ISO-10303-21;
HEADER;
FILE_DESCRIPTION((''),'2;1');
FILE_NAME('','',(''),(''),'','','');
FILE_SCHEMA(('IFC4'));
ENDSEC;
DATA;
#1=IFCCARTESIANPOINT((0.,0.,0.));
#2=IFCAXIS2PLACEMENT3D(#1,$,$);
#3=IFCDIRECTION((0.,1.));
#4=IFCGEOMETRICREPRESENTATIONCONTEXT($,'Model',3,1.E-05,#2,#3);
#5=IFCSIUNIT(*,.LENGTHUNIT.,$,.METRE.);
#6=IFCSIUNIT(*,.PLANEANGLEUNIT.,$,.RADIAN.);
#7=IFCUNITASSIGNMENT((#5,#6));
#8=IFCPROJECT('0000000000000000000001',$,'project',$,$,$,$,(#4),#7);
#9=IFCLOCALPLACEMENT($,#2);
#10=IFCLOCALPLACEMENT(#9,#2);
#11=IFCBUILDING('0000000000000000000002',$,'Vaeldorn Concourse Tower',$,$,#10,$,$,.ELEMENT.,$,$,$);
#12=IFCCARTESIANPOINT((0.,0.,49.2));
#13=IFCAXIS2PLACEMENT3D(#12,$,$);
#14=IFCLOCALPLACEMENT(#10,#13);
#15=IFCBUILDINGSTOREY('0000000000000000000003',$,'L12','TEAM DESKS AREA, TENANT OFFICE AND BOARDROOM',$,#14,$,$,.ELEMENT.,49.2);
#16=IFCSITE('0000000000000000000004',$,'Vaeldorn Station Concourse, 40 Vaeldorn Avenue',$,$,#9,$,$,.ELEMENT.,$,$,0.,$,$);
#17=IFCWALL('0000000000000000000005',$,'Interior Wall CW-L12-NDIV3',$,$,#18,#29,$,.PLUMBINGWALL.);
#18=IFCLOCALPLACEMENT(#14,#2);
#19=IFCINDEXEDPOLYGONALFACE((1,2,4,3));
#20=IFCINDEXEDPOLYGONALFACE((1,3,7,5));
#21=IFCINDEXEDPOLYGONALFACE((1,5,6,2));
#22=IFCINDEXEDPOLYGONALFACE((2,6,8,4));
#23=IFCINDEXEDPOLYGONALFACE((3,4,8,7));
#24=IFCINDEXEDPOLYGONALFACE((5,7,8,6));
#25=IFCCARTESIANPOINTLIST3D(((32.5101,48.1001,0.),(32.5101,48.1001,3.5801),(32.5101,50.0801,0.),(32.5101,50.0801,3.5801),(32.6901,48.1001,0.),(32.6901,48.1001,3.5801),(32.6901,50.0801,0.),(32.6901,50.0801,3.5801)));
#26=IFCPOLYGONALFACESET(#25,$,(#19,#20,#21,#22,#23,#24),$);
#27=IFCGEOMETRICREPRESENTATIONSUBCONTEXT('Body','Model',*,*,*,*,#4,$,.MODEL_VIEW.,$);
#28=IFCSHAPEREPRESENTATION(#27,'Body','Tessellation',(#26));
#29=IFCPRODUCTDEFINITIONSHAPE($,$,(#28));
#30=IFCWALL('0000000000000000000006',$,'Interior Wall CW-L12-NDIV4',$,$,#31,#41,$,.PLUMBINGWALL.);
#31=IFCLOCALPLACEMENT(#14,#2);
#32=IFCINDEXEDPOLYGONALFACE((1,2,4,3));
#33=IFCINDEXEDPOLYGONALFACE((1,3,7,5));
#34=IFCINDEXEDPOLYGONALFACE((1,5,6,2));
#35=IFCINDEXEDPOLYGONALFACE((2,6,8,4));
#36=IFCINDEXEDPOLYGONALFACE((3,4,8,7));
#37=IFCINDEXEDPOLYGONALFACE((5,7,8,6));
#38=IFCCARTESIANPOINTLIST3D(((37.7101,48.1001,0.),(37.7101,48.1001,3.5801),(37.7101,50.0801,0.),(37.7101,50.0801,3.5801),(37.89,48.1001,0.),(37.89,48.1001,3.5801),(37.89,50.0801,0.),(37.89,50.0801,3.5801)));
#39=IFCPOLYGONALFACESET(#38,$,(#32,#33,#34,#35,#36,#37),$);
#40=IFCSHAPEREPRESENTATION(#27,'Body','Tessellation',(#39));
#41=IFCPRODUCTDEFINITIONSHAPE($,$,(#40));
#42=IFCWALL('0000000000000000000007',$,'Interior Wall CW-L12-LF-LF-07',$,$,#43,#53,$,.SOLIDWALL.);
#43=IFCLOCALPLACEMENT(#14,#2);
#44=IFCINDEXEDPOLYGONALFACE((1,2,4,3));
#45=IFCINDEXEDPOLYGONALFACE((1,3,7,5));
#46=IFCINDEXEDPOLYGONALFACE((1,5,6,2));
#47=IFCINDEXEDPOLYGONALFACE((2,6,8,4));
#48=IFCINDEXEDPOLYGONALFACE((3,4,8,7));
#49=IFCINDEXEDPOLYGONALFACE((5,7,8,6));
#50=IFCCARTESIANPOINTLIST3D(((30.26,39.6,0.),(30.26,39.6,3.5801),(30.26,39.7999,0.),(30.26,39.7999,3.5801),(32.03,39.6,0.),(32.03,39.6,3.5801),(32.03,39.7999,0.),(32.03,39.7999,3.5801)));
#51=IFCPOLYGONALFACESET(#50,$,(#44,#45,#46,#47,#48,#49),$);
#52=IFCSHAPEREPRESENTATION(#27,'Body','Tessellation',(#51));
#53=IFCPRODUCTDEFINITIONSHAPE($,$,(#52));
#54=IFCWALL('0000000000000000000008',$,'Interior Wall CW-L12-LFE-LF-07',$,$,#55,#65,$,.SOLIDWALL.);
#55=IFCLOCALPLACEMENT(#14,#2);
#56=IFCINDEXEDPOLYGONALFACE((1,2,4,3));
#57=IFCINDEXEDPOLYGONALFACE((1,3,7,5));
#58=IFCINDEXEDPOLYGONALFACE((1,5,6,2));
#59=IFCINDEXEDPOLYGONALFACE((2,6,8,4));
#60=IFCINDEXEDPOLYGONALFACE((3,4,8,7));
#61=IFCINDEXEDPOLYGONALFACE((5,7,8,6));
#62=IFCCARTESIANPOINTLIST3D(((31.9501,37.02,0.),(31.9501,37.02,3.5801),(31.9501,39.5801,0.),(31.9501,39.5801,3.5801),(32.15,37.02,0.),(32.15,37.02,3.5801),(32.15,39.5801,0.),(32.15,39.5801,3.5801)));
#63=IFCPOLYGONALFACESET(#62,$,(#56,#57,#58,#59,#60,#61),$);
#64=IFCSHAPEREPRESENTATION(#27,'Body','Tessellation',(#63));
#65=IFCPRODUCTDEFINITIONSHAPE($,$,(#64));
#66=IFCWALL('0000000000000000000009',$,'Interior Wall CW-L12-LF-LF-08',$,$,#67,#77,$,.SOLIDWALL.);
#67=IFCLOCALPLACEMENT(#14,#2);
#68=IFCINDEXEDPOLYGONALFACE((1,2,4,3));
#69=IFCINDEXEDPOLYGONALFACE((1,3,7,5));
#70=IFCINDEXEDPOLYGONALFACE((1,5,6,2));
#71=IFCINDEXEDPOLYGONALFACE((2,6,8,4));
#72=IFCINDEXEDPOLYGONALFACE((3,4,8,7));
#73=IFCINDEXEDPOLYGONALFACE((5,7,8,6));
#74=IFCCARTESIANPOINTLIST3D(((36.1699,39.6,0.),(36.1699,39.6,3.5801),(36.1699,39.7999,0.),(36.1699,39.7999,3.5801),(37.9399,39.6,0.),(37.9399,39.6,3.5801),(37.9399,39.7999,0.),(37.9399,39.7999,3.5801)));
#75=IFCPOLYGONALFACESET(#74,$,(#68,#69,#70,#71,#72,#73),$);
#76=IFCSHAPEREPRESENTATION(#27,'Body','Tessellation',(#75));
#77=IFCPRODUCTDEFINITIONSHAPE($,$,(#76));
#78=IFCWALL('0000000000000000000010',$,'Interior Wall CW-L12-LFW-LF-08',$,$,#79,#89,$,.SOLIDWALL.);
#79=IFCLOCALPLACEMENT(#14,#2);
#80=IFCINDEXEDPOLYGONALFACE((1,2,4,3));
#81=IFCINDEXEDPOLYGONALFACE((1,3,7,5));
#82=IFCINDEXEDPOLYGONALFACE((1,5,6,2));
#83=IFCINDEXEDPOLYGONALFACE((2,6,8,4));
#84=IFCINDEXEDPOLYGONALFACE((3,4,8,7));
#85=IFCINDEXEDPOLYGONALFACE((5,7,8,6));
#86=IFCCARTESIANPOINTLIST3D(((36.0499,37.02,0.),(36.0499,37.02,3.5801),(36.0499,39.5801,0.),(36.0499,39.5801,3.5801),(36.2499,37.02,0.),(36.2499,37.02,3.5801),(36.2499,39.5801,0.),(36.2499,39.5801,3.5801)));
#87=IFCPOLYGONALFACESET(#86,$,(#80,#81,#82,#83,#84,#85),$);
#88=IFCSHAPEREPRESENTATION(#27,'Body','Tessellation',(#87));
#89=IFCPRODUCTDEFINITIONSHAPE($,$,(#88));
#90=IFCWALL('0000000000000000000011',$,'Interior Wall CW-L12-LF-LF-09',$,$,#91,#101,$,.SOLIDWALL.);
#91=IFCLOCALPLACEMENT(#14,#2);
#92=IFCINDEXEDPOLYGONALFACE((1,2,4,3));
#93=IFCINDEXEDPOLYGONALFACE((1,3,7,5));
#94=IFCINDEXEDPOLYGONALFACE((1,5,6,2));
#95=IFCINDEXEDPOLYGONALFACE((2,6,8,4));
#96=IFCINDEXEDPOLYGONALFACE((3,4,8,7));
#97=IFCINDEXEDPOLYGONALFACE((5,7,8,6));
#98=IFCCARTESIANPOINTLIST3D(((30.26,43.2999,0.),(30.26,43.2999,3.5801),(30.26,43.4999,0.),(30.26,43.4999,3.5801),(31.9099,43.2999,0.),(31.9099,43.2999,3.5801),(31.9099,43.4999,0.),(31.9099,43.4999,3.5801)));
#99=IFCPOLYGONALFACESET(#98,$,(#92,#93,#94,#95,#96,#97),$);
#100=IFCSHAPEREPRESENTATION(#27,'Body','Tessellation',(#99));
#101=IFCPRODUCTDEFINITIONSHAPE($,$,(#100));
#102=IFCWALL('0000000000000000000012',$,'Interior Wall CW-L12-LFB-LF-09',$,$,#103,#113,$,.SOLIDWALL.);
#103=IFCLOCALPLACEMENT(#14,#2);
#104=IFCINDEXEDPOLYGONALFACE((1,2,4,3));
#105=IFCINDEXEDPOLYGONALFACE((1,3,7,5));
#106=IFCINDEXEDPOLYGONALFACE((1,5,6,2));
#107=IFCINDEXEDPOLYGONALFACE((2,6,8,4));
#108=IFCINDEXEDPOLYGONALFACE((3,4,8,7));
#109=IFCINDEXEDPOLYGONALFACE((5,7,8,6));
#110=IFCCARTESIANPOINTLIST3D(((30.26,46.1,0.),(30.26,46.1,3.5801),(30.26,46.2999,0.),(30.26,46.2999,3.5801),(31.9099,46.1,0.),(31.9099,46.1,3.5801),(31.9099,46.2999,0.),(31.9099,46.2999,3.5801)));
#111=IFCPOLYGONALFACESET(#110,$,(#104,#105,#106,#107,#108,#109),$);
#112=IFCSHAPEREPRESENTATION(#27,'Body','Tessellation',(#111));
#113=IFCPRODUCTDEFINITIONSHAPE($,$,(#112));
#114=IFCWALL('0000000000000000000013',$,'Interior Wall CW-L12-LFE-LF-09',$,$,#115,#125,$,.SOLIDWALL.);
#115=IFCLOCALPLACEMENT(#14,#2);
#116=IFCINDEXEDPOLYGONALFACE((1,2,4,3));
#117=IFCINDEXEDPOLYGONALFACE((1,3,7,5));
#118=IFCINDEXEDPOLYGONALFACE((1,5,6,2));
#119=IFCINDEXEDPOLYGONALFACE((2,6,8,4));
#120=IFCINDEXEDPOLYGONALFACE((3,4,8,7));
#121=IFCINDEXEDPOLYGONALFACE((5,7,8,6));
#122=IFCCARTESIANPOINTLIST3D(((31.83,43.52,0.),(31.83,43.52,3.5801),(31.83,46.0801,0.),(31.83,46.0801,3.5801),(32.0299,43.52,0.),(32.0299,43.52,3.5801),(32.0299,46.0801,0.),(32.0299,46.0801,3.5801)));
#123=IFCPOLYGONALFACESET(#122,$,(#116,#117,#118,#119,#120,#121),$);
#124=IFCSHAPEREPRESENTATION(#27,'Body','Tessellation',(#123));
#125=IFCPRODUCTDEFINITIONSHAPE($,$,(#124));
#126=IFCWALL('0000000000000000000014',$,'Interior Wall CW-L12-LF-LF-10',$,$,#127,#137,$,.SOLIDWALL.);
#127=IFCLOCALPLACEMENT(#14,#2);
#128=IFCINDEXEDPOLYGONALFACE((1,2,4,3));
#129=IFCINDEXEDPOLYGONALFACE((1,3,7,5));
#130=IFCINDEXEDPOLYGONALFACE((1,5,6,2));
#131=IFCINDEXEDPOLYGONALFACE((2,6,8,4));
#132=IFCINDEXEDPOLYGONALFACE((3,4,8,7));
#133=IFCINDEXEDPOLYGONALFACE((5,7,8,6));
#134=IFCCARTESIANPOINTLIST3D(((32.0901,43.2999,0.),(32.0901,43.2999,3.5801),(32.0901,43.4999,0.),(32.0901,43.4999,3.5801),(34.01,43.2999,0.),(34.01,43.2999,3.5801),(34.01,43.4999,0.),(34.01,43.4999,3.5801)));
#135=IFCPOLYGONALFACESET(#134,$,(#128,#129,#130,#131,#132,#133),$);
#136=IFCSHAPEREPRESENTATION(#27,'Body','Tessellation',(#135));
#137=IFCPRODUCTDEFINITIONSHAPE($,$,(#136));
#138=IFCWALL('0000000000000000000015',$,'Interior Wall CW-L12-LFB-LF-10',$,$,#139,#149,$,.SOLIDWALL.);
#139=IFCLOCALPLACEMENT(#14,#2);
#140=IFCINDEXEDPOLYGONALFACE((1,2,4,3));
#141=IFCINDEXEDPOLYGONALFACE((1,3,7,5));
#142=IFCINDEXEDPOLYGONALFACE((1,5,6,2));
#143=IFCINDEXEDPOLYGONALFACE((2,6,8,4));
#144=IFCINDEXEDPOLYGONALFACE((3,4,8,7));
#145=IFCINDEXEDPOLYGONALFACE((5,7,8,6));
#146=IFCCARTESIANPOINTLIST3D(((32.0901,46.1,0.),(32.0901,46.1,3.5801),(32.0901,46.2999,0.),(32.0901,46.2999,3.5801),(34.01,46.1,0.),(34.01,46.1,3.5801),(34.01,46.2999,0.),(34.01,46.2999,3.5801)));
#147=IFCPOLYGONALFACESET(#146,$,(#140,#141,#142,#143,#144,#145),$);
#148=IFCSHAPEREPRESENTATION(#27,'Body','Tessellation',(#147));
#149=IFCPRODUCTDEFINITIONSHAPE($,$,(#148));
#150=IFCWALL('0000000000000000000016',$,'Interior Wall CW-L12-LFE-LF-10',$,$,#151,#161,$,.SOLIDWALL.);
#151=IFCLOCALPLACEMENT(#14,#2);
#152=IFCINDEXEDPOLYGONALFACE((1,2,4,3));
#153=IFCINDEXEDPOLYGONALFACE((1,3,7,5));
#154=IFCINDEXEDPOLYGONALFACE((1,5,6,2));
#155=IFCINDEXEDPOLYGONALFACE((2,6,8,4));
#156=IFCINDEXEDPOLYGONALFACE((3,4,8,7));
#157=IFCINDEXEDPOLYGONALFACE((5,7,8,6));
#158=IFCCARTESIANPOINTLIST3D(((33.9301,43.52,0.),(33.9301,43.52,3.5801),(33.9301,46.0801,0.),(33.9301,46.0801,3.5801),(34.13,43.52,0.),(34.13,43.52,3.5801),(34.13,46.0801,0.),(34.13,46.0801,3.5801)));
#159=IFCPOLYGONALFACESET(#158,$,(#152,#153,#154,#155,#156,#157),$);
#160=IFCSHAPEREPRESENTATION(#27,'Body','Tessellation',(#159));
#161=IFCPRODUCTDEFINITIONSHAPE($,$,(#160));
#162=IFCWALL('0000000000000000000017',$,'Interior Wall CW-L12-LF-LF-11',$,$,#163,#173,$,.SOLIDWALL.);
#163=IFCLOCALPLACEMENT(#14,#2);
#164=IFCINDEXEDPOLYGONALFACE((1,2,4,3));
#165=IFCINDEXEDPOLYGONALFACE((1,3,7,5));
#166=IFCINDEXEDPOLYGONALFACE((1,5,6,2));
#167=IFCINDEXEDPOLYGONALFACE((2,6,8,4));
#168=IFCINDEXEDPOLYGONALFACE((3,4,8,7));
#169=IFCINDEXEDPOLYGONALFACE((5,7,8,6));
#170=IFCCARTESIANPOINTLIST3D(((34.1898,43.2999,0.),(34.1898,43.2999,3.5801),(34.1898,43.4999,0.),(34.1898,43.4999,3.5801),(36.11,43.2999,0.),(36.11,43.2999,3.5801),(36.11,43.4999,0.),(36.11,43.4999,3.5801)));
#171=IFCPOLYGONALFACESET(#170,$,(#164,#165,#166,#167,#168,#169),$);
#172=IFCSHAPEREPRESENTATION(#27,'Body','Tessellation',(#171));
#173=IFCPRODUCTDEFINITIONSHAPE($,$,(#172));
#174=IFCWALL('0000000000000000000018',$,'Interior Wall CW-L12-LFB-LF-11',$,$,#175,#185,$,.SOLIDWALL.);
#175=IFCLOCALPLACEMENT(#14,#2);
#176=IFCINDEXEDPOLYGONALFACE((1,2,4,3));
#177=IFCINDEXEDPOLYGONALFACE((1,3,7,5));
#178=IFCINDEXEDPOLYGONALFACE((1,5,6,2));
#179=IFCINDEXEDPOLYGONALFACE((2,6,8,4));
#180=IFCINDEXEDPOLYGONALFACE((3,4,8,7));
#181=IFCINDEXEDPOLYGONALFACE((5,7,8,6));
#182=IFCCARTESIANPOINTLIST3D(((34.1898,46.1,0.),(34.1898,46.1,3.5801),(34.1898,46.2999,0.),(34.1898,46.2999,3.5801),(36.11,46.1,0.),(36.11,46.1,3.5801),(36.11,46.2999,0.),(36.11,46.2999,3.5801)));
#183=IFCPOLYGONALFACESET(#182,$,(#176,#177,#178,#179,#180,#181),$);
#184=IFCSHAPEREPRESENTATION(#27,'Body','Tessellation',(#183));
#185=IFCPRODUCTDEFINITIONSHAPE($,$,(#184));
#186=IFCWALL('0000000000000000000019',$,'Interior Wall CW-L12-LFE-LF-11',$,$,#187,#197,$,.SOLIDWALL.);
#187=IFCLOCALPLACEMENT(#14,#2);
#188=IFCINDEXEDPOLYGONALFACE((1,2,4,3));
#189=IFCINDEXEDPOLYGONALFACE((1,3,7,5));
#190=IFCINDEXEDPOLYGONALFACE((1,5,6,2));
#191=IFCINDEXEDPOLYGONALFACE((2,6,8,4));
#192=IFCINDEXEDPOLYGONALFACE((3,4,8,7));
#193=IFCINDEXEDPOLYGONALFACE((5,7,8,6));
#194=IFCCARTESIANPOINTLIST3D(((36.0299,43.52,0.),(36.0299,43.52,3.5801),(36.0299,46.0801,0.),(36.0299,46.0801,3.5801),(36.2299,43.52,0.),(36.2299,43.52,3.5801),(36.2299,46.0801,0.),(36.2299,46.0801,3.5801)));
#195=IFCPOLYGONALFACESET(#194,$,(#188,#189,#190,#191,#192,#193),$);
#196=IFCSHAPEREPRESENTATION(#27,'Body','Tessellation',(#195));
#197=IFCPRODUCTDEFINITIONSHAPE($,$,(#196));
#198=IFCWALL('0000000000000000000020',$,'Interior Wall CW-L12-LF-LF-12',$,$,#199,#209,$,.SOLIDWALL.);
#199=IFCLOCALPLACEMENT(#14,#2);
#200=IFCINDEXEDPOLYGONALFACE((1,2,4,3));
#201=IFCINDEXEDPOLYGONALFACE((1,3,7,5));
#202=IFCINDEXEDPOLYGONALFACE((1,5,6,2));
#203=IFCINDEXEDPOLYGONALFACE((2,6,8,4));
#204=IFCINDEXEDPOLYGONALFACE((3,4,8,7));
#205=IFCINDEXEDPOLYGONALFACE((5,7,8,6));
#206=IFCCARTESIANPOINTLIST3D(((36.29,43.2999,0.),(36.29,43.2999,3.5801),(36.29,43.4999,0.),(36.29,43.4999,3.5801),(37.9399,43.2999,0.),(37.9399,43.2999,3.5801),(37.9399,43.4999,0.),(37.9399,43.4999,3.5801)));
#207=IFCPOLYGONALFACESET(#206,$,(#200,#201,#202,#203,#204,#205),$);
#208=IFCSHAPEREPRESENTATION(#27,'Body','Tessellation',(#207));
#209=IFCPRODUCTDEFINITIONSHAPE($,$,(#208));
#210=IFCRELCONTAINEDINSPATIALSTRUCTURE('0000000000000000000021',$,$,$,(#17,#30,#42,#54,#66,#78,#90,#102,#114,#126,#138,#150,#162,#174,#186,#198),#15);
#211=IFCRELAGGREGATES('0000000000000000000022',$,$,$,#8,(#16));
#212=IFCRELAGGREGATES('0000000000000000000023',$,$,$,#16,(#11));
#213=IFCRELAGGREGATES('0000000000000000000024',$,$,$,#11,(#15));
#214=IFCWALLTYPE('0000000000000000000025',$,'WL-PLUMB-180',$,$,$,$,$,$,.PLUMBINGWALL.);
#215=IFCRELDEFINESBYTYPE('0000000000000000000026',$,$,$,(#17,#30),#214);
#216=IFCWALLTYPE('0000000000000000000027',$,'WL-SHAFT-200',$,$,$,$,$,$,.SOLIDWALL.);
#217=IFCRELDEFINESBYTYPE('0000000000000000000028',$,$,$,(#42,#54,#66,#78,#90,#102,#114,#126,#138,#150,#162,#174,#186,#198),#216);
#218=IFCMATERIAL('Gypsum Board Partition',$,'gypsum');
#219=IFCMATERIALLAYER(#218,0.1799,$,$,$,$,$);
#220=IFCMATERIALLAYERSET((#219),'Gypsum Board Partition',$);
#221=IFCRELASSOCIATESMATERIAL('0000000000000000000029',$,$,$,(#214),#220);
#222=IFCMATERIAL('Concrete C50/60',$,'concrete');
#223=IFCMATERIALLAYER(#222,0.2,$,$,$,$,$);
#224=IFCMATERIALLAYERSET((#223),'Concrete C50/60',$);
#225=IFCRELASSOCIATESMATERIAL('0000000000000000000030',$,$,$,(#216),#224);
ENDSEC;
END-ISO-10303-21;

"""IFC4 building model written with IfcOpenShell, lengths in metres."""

from ifc_helpers import new_model, si_unit, direction, frame, frame_2d, origin, place, context, subcontext, project, spatial, rectangle, extrude, material, layer, layer_set, type_object, element, save


model = new_model("IFC4")

# Units and contexts
model_context = context("Model", 3, precision=1e-05, world=origin(), true_north=direction((0.0, 1.0)))
body_context = subcontext(model_context, "Body", "Model", "MODEL_VIEW")
ifc_project = project(units=[si_unit("LENGTHUNIT", "METRE"), si_unit("PLANEANGLEUNIT", "RADIAN")], contexts=[model_context])

# Site, building, storey
site_placement = place(None, origin())
site = spatial("IfcSite", under=ifc_project, at=site_placement, Name="Vaeldorn Station Concourse, 40 Vaeldorn Avenue", CompositionType="ELEMENT", RefElevation=0.0)
building_placement = place(site_placement, origin())
building = spatial("IfcBuilding", under=site, at=building_placement, Name="Vaeldorn Concourse Tower", CompositionType="ELEMENT")
storey_placement = place(building_placement, frame((0.0, 0.0, 49.2)))
storey = spatial("IfcBuildingStorey", under=building, at=storey_placement, Name="L12", Description="TEAM DESKS AREA, TENANT OFFICE AND BOARDROOM", CompositionType="ELEMENT", Elevation=49.2)

# Shared definitions
ifc_material_1 = material(Name="Gypsum Board Partition", Category="gypsum")

# Walls
ifc_layer_1 = layer(ifc_material_1, 0.1799)
ifc_layer_set_1 = layer_set([ifc_layer_1], Name="Gypsum Board Partition")
wall_type_1 = type_object("IfcWallType", Name="WL-PLUMB-180", PredefinedType="PLUMBINGWALL", material=ifc_layer_set_1)
for number, where, z_axis, x_axis, name in (
    (1, (32.6001, 48.1001, 0.0), (0.0, 0.0, 1.0), (0.0, 1.0, 0.0), "Interior Wall CW-L12-NDIV3"),
    (2, (37.8, 48.1001, 0.0), (0.0, 0.0, 1.0), (0.0, 1.0, 0.0), "Interior Wall CW-L12-NDIV4"),
):
    element("IfcWall", number, at=place(storey_placement, frame(where, z_axis=z_axis, x_axis=x_axis)), inside=storey, type_object=wall_type_1, Name=name, PredefinedType="PLUMBINGWALL", context=body_context, shape_type="SweptSolid", body=[
        extrude(rectangle(XDim=1.98, YDim=0.1799, at=frame_2d((0.99, 0.0))), origin(), (0.0, 0.0, 1.0), 3.5801),
    ])
ifc_material_2 = material(Name="Concrete C50/60", Category="concrete")
ifc_layer_2 = layer(ifc_material_2, 0.2)
ifc_layer_set_2 = layer_set([ifc_layer_2], Name="Concrete C50/60")
wall_type_2 = type_object("IfcWallType", Name="WL-SHAFT-200", PredefinedType="SOLIDWALL", material=ifc_layer_set_2)
wall_1_placement = place(storey_placement, frame((30.26, 39.7, 0.0), z_axis=(0.0, 0.0, 1.0), x_axis=(1.0, 0.0, 0.0)))
element("IfcWall", 3, at=wall_1_placement, inside=storey, type_object=wall_type_2, Name="Interior Wall CW-L12-LF-LF-07", PredefinedType="SOLIDWALL", context=body_context, shape_type="SweptSolid", body=[
    extrude(rectangle(XDim=1.77, YDim=0.2, at=frame_2d((0.885, 0.0))), origin(), (0.0, 0.0, 1.0), 3.5801),
])
wall_2_placement = place(storey_placement, frame((32.05, 37.02, 0.0), z_axis=(0.0, 0.0, 1.0), x_axis=(0.0, 1.0, 0.0)))
element("IfcWall", 4, at=wall_2_placement, inside=storey, type_object=wall_type_2, Name="Interior Wall CW-L12-LFE-LF-07", PredefinedType="SOLIDWALL", context=body_context, shape_type="SweptSolid", body=[
    extrude(rectangle(XDim=2.5601, YDim=0.2, at=frame_2d((1.28, 0.0))), origin(), (0.0, 0.0, 1.0), 3.5801),
])
wall_3_placement = place(storey_placement, frame((36.1699, 39.7, 0.0), z_axis=(0.0, 0.0, 1.0), x_axis=(1.0, 0.0, 0.0)))
element("IfcWall", 5, at=wall_3_placement, inside=storey, type_object=wall_type_2, Name="Interior Wall CW-L12-LF-LF-08", PredefinedType="SOLIDWALL", context=body_context, shape_type="SweptSolid", body=[
    extrude(rectangle(XDim=1.77, YDim=0.2, at=frame_2d((0.885, 0.0))), origin(), (0.0, 0.0, 1.0), 3.5801),
])
wall_4_placement = place(storey_placement, frame((36.1499, 37.02, 0.0), z_axis=(0.0, 0.0, 1.0), x_axis=(0.0, 1.0, 0.0)))
element("IfcWall", 6, at=wall_4_placement, inside=storey, type_object=wall_type_2, Name="Interior Wall CW-L12-LFW-LF-08", PredefinedType="SOLIDWALL", context=body_context, shape_type="SweptSolid", body=[
    extrude(rectangle(XDim=2.5601, YDim=0.2, at=frame_2d((1.28, 0.0))), origin(), (0.0, 0.0, 1.0), 3.5801),
])
for number, where, z_axis, x_axis, name in (
    (7, (30.26, 43.3999, 0.0), (0.0, 0.0, 1.0), (1.0, 0.0, 0.0), "Interior Wall CW-L12-LF-LF-09"),
    (8, (30.26, 46.2, 0.0), (0.0, 0.0, 1.0), (1.0, 0.0, 0.0), "Interior Wall CW-L12-LFB-LF-09"),
):
    element("IfcWall", number, at=place(storey_placement, frame(where, z_axis=z_axis, x_axis=x_axis)), inside=storey, type_object=wall_type_2, Name=name, PredefinedType="SOLIDWALL", context=body_context, shape_type="SweptSolid", body=[
        extrude(rectangle(XDim=1.6499, YDim=0.2, at=frame_2d((0.825, 0.0))), origin(), (0.0, 0.0, 1.0), 3.5801),
    ])
wall_5_placement = place(storey_placement, frame((31.9299, 43.52, 0.0), z_axis=(0.0, 0.0, 1.0), x_axis=(0.0, 1.0, 0.0)))
element("IfcWall", 9, at=wall_5_placement, inside=storey, type_object=wall_type_2, Name="Interior Wall CW-L12-LFE-LF-09", PredefinedType="SOLIDWALL", context=body_context, shape_type="SweptSolid", body=[
    extrude(rectangle(XDim=2.5601, YDim=0.2, at=frame_2d((1.28, 0.0))), origin(), (0.0, 0.0, 1.0), 3.5801),
])
for number, where, z_axis, x_axis, name in (
    (10, (32.0901, 43.3999, 0.0), (0.0, 0.0, 1.0), (1.0, 0.0, 0.0), "Interior Wall CW-L12-LF-LF-10"),
    (11, (32.0901, 46.2, 0.0), (0.0, 0.0, 1.0), (1.0, 0.0, 0.0), "Interior Wall CW-L12-LFB-LF-10"),
):
    element("IfcWall", number, at=place(storey_placement, frame(where, z_axis=z_axis, x_axis=x_axis)), inside=storey, type_object=wall_type_2, Name=name, PredefinedType="SOLIDWALL", context=body_context, shape_type="SweptSolid", body=[
        extrude(rectangle(XDim=1.9199, YDim=0.2, at=frame_2d((0.96, 0.0))), origin(), (0.0, 0.0, 1.0), 3.5801),
    ])
wall_6_placement = place(storey_placement, frame((34.03, 43.52, 0.0), z_axis=(0.0, 0.0, 1.0), x_axis=(0.0, 1.0, 0.0)))
element("IfcWall", 12, at=wall_6_placement, inside=storey, type_object=wall_type_2, Name="Interior Wall CW-L12-LFE-LF-10", PredefinedType="SOLIDWALL", context=body_context, shape_type="SweptSolid", body=[
    extrude(rectangle(XDim=2.5601, YDim=0.2, at=frame_2d((1.28, 0.0))), origin(), (0.0, 0.0, 1.0), 3.5801),
])
for number, where, z_axis, x_axis, name in (
    (13, (34.1899, 43.3999, 0.0), (0.0, 0.0, 1.0), (1.0, 0.0, 0.0), "Interior Wall CW-L12-LF-LF-11"),
    (14, (34.1899, 46.2, 0.0), (0.0, 0.0, 1.0), (1.0, 0.0, 0.0), "Interior Wall CW-L12-LFB-LF-11"),
):
    element("IfcWall", number, at=place(storey_placement, frame(where, z_axis=z_axis, x_axis=x_axis)), inside=storey, type_object=wall_type_2, Name=name, PredefinedType="SOLIDWALL", context=body_context, shape_type="SweptSolid", body=[
        extrude(rectangle(XDim=1.9202, YDim=0.2, at=frame_2d((0.96, 0.0))), origin(), (0.0, 0.0, 1.0), 3.5801),
    ])
wall_7_placement = place(storey_placement, frame((36.1299, 43.52, 0.0), z_axis=(0.0, 0.0, 1.0), x_axis=(0.0, 1.0, 0.0)))
element("IfcWall", 15, at=wall_7_placement, inside=storey, type_object=wall_type_2, Name="Interior Wall CW-L12-LFE-LF-11", PredefinedType="SOLIDWALL", context=body_context, shape_type="SweptSolid", body=[
    extrude(rectangle(XDim=2.5601, YDim=0.2, at=frame_2d((1.28, 0.0))), origin(), (0.0, 0.0, 1.0), 3.5801),
])
for number, where, z_axis, x_axis, name in (
    (16, (36.29, 43.3999, 0.0), (0.0, 0.0, 1.0), (1.0, 0.0, 0.0), "Interior Wall CW-L12-LF-LF-12"),
):
    element("IfcWall", number, at=place(storey_placement, frame(where, z_axis=z_axis, x_axis=x_axis)), inside=storey, type_object=wall_type_2, Name=name, PredefinedType="SOLIDWALL", context=body_context, shape_type="SweptSolid", body=[
        extrude(rectangle(XDim=1.6499, YDim=0.2, at=frame_2d((0.825, 0.0))), origin(), (0.0, 0.0, 1.0), 3.5801),
    ])

save(model, "model.ifc")
